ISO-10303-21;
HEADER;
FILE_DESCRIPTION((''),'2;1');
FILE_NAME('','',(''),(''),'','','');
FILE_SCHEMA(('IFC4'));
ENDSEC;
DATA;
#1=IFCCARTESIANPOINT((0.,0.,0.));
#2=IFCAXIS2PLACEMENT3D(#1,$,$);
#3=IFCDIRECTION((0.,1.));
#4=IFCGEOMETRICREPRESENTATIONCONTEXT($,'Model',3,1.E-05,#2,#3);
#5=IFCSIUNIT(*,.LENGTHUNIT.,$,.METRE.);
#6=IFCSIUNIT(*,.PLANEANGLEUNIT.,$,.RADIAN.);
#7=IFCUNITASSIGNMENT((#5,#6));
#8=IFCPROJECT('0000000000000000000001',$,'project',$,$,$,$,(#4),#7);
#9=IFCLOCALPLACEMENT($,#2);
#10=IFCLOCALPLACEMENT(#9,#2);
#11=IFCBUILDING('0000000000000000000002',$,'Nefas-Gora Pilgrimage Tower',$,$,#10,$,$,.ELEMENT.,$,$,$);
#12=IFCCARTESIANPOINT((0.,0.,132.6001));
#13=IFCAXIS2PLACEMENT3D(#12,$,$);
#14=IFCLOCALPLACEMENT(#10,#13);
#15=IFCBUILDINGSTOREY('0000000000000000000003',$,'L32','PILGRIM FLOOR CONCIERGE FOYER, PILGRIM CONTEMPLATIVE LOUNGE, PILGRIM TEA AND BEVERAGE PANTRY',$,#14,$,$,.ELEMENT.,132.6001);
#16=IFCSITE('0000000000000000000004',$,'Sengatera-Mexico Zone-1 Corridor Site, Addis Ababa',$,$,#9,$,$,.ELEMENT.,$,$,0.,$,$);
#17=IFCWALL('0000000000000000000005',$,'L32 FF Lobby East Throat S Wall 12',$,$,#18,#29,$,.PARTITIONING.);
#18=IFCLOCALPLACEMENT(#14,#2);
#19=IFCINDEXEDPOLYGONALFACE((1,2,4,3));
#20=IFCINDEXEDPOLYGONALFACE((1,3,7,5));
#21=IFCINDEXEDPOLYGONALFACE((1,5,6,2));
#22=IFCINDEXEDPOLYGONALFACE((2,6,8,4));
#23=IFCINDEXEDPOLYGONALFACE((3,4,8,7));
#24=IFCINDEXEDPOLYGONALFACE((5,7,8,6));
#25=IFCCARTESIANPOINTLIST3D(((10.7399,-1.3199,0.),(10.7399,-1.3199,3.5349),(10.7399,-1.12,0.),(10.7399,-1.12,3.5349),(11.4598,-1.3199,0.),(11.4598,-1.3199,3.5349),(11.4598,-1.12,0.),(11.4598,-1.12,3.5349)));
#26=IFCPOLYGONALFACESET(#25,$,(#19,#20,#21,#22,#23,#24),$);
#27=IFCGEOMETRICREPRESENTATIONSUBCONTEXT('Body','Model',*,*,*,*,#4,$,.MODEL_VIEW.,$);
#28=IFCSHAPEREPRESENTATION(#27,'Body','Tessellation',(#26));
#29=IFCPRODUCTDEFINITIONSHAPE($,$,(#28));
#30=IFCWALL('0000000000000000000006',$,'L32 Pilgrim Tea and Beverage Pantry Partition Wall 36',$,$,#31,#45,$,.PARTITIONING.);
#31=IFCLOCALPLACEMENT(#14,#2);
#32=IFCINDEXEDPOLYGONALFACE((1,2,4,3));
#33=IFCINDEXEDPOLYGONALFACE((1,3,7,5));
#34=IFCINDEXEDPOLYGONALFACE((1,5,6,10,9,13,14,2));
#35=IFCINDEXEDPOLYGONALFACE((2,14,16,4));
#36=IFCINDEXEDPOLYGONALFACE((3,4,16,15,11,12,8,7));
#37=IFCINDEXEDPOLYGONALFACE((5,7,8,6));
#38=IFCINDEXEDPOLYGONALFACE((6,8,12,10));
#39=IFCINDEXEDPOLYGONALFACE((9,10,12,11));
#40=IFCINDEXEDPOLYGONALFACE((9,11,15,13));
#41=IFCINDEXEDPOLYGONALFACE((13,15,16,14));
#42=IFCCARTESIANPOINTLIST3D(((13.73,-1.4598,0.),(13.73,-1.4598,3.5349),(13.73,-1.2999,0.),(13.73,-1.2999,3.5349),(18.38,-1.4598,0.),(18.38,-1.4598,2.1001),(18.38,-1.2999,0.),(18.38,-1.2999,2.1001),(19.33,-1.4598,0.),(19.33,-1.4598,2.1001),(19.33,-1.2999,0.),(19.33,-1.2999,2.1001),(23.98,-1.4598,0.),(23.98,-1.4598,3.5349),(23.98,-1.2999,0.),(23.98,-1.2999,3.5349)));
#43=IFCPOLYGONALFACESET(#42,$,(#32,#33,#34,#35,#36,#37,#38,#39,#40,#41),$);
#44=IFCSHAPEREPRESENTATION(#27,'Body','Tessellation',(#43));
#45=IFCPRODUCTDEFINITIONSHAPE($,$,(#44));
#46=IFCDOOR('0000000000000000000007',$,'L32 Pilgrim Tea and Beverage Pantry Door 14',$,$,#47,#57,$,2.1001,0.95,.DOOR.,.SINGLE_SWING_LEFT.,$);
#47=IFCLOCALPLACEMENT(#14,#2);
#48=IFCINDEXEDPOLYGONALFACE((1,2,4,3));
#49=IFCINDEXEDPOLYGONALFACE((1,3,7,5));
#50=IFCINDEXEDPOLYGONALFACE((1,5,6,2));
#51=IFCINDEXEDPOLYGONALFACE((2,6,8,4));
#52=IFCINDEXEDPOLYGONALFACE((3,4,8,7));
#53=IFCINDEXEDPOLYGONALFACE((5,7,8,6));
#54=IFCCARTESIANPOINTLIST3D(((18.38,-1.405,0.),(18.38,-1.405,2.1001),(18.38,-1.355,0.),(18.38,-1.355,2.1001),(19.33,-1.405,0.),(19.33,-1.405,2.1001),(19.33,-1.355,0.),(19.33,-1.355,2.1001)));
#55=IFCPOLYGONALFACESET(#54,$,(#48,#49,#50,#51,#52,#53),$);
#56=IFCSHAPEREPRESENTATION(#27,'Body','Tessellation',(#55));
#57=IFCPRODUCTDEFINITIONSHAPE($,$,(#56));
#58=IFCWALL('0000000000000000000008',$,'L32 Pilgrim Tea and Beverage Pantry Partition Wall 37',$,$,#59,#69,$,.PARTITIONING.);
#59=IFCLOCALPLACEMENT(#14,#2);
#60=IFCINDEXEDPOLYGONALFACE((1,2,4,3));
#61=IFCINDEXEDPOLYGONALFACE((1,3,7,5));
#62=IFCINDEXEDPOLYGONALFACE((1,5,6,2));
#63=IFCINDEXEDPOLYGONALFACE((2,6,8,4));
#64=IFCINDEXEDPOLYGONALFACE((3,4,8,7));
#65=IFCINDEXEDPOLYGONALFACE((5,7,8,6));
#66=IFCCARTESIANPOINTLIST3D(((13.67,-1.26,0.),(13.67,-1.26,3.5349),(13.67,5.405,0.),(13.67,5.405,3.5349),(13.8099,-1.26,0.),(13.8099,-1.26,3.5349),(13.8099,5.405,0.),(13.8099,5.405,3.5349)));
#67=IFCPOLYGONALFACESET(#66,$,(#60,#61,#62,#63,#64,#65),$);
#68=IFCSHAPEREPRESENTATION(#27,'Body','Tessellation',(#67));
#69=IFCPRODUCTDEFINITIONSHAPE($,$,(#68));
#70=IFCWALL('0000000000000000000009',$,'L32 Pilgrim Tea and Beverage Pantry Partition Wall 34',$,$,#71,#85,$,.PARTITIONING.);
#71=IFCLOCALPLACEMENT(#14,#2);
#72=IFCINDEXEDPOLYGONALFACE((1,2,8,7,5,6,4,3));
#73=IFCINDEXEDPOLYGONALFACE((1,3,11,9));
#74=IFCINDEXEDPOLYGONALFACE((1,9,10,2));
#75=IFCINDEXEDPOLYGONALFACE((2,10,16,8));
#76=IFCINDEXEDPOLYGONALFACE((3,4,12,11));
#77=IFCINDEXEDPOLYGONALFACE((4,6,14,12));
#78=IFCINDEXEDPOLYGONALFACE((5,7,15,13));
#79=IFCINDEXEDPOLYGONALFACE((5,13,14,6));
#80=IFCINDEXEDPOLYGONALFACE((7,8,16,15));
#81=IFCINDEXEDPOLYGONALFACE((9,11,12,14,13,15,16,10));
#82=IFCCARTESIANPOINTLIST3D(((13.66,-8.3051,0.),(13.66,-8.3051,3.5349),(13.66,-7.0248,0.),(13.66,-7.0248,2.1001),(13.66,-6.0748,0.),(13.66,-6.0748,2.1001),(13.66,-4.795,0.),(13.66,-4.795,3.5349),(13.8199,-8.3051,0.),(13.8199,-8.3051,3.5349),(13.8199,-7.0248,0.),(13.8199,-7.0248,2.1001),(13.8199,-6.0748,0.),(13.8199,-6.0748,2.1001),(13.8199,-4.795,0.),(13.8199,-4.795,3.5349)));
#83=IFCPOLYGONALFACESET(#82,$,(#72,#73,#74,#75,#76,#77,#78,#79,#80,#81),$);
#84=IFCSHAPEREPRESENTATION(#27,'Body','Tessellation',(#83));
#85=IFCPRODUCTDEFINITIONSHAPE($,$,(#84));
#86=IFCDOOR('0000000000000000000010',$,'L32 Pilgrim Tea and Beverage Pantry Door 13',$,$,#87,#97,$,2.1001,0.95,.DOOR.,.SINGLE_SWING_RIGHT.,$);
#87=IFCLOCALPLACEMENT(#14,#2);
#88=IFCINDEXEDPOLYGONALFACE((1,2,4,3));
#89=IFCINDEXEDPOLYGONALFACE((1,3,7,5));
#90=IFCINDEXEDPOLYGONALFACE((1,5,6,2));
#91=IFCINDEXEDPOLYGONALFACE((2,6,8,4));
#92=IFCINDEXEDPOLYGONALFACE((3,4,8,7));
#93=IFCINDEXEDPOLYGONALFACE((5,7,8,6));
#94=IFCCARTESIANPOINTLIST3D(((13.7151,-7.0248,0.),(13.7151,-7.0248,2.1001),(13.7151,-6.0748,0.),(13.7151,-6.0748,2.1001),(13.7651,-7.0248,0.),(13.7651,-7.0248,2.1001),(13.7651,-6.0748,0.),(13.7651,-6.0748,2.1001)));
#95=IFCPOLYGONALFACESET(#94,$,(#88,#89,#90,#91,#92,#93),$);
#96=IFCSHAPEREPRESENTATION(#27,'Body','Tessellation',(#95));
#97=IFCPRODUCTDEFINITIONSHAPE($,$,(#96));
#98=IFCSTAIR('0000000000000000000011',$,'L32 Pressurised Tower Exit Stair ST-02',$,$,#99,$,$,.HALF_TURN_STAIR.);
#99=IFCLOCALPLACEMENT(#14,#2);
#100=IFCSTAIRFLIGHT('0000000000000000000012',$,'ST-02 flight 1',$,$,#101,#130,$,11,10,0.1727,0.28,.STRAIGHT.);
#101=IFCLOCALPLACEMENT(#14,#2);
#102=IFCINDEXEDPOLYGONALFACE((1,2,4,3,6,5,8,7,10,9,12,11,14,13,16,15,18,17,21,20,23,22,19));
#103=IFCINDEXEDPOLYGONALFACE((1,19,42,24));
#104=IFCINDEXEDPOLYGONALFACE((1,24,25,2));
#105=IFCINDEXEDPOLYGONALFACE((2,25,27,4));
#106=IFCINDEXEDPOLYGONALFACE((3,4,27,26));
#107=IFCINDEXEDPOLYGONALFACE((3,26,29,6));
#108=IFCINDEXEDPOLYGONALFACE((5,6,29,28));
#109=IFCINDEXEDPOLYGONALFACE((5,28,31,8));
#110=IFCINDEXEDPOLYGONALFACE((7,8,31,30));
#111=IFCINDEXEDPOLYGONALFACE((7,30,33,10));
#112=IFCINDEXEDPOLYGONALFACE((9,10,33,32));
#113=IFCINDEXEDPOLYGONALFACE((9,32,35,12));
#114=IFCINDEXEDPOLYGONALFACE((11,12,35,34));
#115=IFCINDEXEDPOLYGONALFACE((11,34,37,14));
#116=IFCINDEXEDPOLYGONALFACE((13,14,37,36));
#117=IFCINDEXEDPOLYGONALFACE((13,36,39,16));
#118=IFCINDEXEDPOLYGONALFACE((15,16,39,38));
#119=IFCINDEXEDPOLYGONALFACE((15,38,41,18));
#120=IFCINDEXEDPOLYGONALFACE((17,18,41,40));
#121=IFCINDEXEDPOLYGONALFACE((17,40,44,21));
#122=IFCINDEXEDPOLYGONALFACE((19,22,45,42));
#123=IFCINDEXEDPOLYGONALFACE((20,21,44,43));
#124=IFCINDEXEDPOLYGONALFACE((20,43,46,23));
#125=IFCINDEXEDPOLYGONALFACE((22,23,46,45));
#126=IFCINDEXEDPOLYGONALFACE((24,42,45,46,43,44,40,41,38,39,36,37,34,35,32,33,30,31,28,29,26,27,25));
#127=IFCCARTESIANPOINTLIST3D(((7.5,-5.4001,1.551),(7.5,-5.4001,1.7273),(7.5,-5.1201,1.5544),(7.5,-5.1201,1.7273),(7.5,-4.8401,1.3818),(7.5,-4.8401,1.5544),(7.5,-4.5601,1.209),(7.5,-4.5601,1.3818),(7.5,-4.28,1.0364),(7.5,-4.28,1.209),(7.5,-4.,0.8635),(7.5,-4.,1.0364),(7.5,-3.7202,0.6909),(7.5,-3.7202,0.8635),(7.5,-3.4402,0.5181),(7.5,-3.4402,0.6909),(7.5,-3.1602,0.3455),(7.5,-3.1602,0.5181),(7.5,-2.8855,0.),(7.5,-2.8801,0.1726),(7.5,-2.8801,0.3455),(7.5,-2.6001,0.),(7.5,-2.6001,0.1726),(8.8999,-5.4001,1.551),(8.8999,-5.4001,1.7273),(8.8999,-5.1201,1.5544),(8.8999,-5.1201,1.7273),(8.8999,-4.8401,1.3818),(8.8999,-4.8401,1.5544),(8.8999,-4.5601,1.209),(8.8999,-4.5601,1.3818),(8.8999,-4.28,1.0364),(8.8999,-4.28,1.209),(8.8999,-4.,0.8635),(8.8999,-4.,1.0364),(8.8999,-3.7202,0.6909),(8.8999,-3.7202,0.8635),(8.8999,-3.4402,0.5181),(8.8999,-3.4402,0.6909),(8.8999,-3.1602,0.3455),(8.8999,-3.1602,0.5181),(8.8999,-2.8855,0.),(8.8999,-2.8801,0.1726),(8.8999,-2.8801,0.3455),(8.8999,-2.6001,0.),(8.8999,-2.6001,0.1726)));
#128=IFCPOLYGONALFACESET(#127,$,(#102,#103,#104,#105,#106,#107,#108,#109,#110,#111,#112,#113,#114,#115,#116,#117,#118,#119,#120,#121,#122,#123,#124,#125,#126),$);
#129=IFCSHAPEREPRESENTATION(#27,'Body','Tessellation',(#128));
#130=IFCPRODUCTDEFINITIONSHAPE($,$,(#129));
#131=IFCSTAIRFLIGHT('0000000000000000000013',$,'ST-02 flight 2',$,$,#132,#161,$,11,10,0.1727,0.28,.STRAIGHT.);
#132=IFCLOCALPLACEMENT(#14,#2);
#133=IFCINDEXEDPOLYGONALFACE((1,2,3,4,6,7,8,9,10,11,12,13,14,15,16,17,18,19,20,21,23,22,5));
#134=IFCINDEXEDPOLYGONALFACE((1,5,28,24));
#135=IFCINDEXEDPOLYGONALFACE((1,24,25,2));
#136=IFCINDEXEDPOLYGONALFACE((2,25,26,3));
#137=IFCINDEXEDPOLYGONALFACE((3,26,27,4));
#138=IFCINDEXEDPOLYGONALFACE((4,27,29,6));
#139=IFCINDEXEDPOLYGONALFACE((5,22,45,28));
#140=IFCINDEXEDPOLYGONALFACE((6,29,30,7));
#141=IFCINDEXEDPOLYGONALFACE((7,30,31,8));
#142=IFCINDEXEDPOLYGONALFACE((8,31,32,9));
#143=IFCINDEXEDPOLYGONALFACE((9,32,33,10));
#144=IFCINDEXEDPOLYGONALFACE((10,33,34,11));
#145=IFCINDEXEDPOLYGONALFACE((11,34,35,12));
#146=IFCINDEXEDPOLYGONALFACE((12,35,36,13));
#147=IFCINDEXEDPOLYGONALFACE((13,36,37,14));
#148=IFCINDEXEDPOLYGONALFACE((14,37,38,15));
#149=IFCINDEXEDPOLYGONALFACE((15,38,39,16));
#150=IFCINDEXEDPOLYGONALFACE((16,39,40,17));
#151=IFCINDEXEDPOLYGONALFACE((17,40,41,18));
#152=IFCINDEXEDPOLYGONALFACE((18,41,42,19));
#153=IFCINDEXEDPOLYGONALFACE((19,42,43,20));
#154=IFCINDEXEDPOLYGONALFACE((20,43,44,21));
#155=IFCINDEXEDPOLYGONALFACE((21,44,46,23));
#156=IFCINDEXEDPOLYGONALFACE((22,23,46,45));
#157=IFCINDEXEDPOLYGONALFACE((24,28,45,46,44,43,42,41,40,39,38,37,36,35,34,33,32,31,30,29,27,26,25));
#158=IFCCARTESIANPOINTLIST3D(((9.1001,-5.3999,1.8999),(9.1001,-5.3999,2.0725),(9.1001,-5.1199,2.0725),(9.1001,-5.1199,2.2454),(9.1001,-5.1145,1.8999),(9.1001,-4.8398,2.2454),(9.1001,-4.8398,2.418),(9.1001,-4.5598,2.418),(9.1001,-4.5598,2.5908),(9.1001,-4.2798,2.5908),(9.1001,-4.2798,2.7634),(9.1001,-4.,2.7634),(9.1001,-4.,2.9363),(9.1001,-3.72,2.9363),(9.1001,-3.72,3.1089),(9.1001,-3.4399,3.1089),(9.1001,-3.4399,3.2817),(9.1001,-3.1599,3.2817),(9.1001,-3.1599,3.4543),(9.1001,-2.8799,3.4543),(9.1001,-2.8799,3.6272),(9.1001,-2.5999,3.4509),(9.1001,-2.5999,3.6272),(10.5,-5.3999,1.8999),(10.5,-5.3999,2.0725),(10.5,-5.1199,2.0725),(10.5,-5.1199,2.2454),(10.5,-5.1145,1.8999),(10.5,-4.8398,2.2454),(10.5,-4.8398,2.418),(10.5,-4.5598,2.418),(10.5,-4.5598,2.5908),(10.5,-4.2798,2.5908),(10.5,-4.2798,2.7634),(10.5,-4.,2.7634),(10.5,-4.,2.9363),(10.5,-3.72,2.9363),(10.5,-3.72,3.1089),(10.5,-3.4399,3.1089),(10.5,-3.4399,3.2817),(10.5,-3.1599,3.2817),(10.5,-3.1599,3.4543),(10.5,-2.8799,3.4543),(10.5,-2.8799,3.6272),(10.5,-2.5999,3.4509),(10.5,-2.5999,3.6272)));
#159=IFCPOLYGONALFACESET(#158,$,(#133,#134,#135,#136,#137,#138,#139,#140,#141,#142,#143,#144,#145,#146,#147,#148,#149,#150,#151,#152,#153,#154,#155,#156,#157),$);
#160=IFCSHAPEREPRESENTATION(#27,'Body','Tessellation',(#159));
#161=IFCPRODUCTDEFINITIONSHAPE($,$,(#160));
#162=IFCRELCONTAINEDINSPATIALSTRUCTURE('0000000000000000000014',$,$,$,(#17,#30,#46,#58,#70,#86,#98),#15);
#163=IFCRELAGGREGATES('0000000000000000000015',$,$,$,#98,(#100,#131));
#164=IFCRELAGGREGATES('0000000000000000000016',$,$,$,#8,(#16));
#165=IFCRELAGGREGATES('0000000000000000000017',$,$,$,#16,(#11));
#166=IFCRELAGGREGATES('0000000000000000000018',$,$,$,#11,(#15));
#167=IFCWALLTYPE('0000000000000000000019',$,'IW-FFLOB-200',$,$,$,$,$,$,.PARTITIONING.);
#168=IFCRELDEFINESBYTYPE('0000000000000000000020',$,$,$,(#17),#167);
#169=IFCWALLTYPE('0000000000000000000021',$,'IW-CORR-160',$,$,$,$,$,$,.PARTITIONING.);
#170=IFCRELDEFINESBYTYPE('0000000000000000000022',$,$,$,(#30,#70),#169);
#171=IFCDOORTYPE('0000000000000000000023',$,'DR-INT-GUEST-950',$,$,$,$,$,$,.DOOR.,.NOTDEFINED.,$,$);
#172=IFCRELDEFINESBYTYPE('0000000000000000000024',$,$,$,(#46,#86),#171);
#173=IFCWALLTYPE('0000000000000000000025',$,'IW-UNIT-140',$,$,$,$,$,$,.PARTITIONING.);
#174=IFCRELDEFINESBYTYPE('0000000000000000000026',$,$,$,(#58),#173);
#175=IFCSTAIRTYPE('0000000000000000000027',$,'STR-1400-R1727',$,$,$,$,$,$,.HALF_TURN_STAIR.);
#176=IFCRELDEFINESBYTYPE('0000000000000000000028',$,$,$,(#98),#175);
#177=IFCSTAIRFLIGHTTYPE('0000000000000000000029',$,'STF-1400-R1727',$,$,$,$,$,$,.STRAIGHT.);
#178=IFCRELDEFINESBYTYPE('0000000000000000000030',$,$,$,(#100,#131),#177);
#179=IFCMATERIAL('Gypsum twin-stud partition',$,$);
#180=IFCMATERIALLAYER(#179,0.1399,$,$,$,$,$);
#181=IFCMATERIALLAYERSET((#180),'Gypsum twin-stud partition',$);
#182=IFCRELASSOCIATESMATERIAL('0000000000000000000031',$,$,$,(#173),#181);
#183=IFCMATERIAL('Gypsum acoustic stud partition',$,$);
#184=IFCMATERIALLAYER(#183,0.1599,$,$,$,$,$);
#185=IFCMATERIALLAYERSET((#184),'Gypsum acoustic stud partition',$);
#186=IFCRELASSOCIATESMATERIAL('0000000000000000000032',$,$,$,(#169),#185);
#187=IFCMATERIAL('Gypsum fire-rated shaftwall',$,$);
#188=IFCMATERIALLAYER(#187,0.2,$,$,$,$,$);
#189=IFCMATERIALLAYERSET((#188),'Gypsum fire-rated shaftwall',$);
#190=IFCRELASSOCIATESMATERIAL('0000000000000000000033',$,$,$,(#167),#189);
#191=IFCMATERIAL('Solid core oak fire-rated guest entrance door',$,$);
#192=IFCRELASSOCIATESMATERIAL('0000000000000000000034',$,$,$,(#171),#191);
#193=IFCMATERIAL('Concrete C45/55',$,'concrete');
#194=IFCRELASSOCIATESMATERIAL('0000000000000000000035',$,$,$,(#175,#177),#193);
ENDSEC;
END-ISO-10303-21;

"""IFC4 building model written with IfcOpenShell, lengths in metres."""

from ifc_helpers import new_model, si_unit, direction, frame, frame_2d, origin, place, context, subcontext, project, spatial, polyline, rectangle, outline, extrude, source, transform, mapped, material, layer, layer_set, type_object, element, fill, aggregate, save


model = new_model("IFC4")

# Units and contexts
model_context = context("Model", 3, precision=1e-05, world=origin(), true_north=direction((0.0, 1.0)))
body_context = subcontext(model_context, "Body", "Model", "MODEL_VIEW")
ifc_project = project(units=[si_unit("LENGTHUNIT", "METRE"), si_unit("PLANEANGLEUNIT", "RADIAN")], contexts=[model_context])

# Site, building, storey
site_placement = place(None, origin())
site = spatial("IfcSite", under=ifc_project, at=site_placement, Name="Sengatera-Mexico Zone-1 Corridor Site, Addis Ababa", CompositionType="ELEMENT", RefElevation=0.0)
building_placement = place(site_placement, origin())
building = spatial("IfcBuilding", under=site, at=building_placement, Name="Nefas-Gora Pilgrimage Tower", CompositionType="ELEMENT")
storey_placement = place(building_placement, frame((0.0, 0.0, 132.6001)))
storey = spatial("IfcBuildingStorey", under=building, at=storey_placement, Name="L32", Description="PILGRIM FLOOR CONCIERGE FOYER, PILGRIM CONTEMPLATIVE LOUNGE, PILGRIM TEA AND BEVERAGE PANTRY", CompositionType="ELEMENT", Elevation=132.6001)

# Shared definitions
ifc_material_1 = material(Name="Concrete C45/55", Category="concrete")

# Wall
ifc_material_2 = material(Name="Gypsum twin-stud partition")
ifc_layer_1 = layer(ifc_material_2, 0.1399)
ifc_layer_set_1 = layer_set([ifc_layer_1], Name="Gypsum twin-stud partition")
wall_type_1 = type_object("IfcWallType", Name="IW-UNIT-140", PredefinedType="PARTITIONING", material=ifc_layer_set_1)
ifc_material_3 = material(Name="Gypsum acoustic stud partition")
ifc_layer_2 = layer(ifc_material_3, 0.1599)
ifc_layer_set_2 = layer_set([ifc_layer_2], Name="Gypsum acoustic stud partition")
wall_type_2 = type_object("IfcWallType", Name="IW-CORR-160", PredefinedType="PARTITIONING", material=ifc_layer_set_2)
ifc_material_4 = material(Name="Gypsum fire-rated shaftwall")
ifc_layer_3 = layer(ifc_material_4, 0.2)
ifc_layer_set_3 = layer_set([ifc_layer_3], Name="Gypsum fire-rated shaftwall")
wall_type_3 = type_object("IfcWallType", Name="IW-FFLOB-200", PredefinedType="PARTITIONING", material=ifc_layer_set_3)
shared_shape_1 = source(origin(), body_context, "Body", "SweptSolid", [
    extrude(rectangle(XDim=0.72, YDim=0.2, at=frame_2d((0.3599, 0.0))), origin(), (0.0, 0.0, 1.0), 3.5349),
])
wall_1_placement = place(storey_placement, frame((10.74, -1.22, 0.0), z_axis=(0.0, 0.0, 1.0), x_axis=(1.0, 0.0, 0.0)))
element("IfcWall", 1, at=wall_1_placement, inside=storey, type_object=wall_type_3, Name="L32 FF Lobby East Throat S Wall 12", PredefinedType="PARTITIONING", context=body_context, shape_type="MappedRepresentation", body=[
    mapped(shared_shape_1, transform((0.0, 0.0, 0.0), x_axis=(1.0, 0.0, 0.0), y_axis=(0.0, 1.0, 0.0), z_axis=(0.0, 0.0, 1.0), scale=1.0)),
])

# Wall, opening, door
shared_shape_2 = source(origin(), body_context, "Body", "SweptSolid", [
    extrude(rectangle(XDim=10.25, YDim=0.1599, at=frame_2d((5.125, 0.0))), origin(), (0.0, 0.0, 1.0), 3.5349),
])
wall_2_placement = place(storey_placement, frame((13.73, -1.3799, 0.0), z_axis=(0.0, 0.0, 1.0), x_axis=(1.0, 0.0, 0.0)))
wall_2 = element("IfcWall", 2, at=wall_2_placement, inside=storey, type_object=wall_type_2, Name="L32 Pilgrim Tea and Beverage Pantry Partition Wall 36", PredefinedType="PARTITIONING", context=body_context, shape_type="MappedRepresentation", body=[
    mapped(shared_shape_2, transform((0.0, 0.0, 0.0), x_axis=(1.0, 0.0, 0.0), y_axis=(0.0, 1.0, 0.0), z_axis=(0.0, 0.0, 1.0), scale=1.0)),
])
opening_1_placement = place(wall_2_placement, frame((4.6499, 0.0, 0.0)))
opening_1 = element("IfcOpeningElement", 3, at=opening_1_placement, cuts=wall_2, PredefinedType="OPENING", context=body_context, shape_type="SweptSolid", body=[
    extrude(rectangle(XDim=0.95, YDim=2.1001, at=frame_2d((0.4751, 1.05))), frame((0.0, 0.0898, 0.0), z_axis=(0.0, -1.0, 0.0), x_axis=(1.0, 0.0, 0.0)), (0.0, 0.0, 1.0), 0.1799),
])
ifc_material_5 = material(Name="Solid core oak fire-rated guest entrance door")
door_type_1 = type_object("IfcDoorType", Name="DR-INT-GUEST-950", OperationType="NOTDEFINED", PredefinedType="DOOR", material=ifc_material_5)
shared_shape_3 = source(origin(), body_context, "Body", "SweptSolid", [
    extrude(rectangle(XDim=0.95, YDim=2.1001, at=frame_2d((0.4751, 1.05))), frame((0.0, 0.0249, 0.0), z_axis=(0.0, -1.0, 0.0), x_axis=(1.0, 0.0, 0.0)), (0.0, 0.0, 1.0), 0.05),
])
door_1_placement = place(opening_1_placement, origin())
door_1 = element("IfcDoor", 4, at=door_1_placement, inside=storey, type_object=door_type_1, Name="L32 Pilgrim Tea and Beverage Pantry Door 14", OperationType="SINGLE_SWING_LEFT", OverallHeight=2.1001, OverallWidth=0.95, PredefinedType="DOOR", context=body_context, shape_type="MappedRepresentation", body=[
    mapped(shared_shape_3, transform((0.0, 0.0, 0.0), x_axis=(1.0, 0.0, 0.0), y_axis=(0.0, 1.0, 0.0), z_axis=(0.0, 0.0, 1.0), scale=1.0)),
])
fill(opening_1, door_1)

# Wall
shared_shape_4 = source(origin(), body_context, "Body", "SweptSolid", [
    extrude(rectangle(XDim=6.665, YDim=0.1399, at=frame_2d((3.3325, 0.0))), origin(), (0.0, 0.0, 1.0), 3.5349),
])
wall_3_placement = place(storey_placement, frame((13.74, -1.26, 0.0), z_axis=(0.0, 0.0, 1.0), x_axis=(0.0, 1.0, 0.0)))
element("IfcWall", 5, at=wall_3_placement, inside=storey, type_object=wall_type_1, Name="L32 Pilgrim Tea and Beverage Pantry Partition Wall 37", PredefinedType="PARTITIONING", context=body_context, shape_type="MappedRepresentation", body=[
    mapped(shared_shape_4, transform((0.0, 0.0, 0.0), x_axis=(1.0, 0.0, 0.0), y_axis=(0.0, 1.0, 0.0), z_axis=(0.0, 0.0, 1.0), scale=1.0)),
])

# Wall, opening, door
shared_shape_5 = source(origin(), body_context, "Body", "SweptSolid", [
    extrude(rectangle(XDim=3.51, YDim=0.1599, at=frame_2d((1.7549, 0.0))), origin(), (0.0, 0.0, 1.0), 3.5349),
])
wall_4_placement = place(storey_placement, frame((13.74, -8.3049, 0.0), z_axis=(0.0, 0.0, 1.0), x_axis=(0.0, 1.0, 0.0)))
wall_4 = element("IfcWall", 6, at=wall_4_placement, inside=storey, type_object=wall_type_2, Name="L32 Pilgrim Tea and Beverage Pantry Partition Wall 34", PredefinedType="PARTITIONING", context=body_context, shape_type="MappedRepresentation", body=[
    mapped(shared_shape_5, transform((0.0, 0.0, 0.0), x_axis=(1.0, 0.0, 0.0), y_axis=(0.0, 1.0, 0.0), z_axis=(0.0, 0.0, 1.0), scale=1.0)),
])
opening_2_placement = place(wall_4_placement, frame((1.28, 0.0, 0.0)))
opening_2 = element("IfcOpeningElement", 7, at=opening_2_placement, cuts=wall_4, PredefinedType="OPENING", context=body_context, shape_type="SweptSolid", body=[
    extrude(rectangle(XDim=0.95, YDim=2.1001, at=frame_2d((0.4751, 1.05))), frame((0.0, 0.0898, 0.0), z_axis=(0.0, -1.0, 0.0), x_axis=(1.0, 0.0, 0.0)), (0.0, 0.0, 1.0), 0.1799),
])
door_2_placement = place(opening_2_placement, origin())
door_2 = element("IfcDoor", 8, at=door_2_placement, inside=storey, type_object=door_type_1, Name="L32 Pilgrim Tea and Beverage Pantry Door 13", OperationType="SINGLE_SWING_RIGHT", OverallHeight=2.1001, OverallWidth=0.95, PredefinedType="DOOR", context=body_context, shape_type="MappedRepresentation", body=[
    mapped(shared_shape_3, transform((0.0, 0.0, 0.0), x_axis=(1.0, 0.0, 0.0), y_axis=(0.0, 1.0, 0.0), z_axis=(0.0, 0.0, 1.0), scale=1.0)),
])
fill(opening_2, door_2)

# Stair, stair flights
stair_type = type_object("IfcStairType", Name="STR-1400-R1727", PredefinedType="HALF_TURN_STAIR", material=ifc_material_1)
stair_placement = place(storey_placement, origin())
stair = element("IfcStair", 9, at=stair_placement, inside=storey, type_object=stair_type, Name="L32 Pressurised Tower Exit Stair ST-02", PredefinedType="HALF_TURN_STAIR")
stair_flight_type = type_object("IfcStairFlightType", Name="STF-1400-R1727", PredefinedType="STRAIGHT", material=ifc_material_1)
shared_shape_6 = source(origin(), body_context, "Body", "SweptSolid", [
    extrude(outline(polyline([(0.0, 0.0), (0.0, 0.1726), (0.28, 0.1726), (0.28, 0.3455), (0.5601, 0.3455), (0.5601, 0.5181), (0.8401, 0.5181), (0.8401, 0.6909), (1.1201, 0.6909), (1.1201, 0.8635), (1.3999, 0.8635), (1.3999, 1.0364), (1.6799, 1.0364), (1.6799, 1.209), (1.96, 1.209), (1.96, 1.3818), (2.24, 1.3818), (2.24, 1.5544), (2.52, 1.5544), (2.52, 1.7273), (2.8, 1.7273), (2.8, 1.8999), (2.8, 1.551), (0.2854, 0.0), (0.0, 0.0)])), frame((0.0, 0.7, 0.0), z_axis=(0.0, -1.0, 0.0), x_axis=(1.0, 0.0, 0.0)), (0.0, 0.0, 1.0), 1.3999),
])
stair_flight_1_placement = place(storey_placement, frame((8.2, -2.6001, 0.0), z_axis=(0.0, 0.0, 1.0), x_axis=(0.0, -1.0, 0.0)))
stair_flight_1 = element("IfcStairFlight", 10, at=stair_flight_1_placement, type_object=stair_flight_type, Name="ST-02 flight 1", NumberOfRisers=11, NumberOfTreads=10, PredefinedType="STRAIGHT", RiserHeight=0.1727, TreadLength=0.28, context=body_context, shape_type="MappedRepresentation", body=[
    mapped(shared_shape_6, transform((0.0, 0.0, 0.0), x_axis=(1.0, 0.0, 0.0), y_axis=(0.0, 1.0, 0.0), z_axis=(0.0, 0.0, 1.0), scale=1.0)),
])
stair_flight_2_placement = place(storey_placement, frame((9.8, -5.3999, 1.8999), z_axis=(0.0, 0.0, 1.0), x_axis=(0.0, 1.0, 0.0)))
stair_flight_2 = element("IfcStairFlight", 11, at=stair_flight_2_placement, type_object=stair_flight_type, Name="ST-02 flight 2", NumberOfRisers=11, NumberOfTreads=10, PredefinedType="STRAIGHT", RiserHeight=0.1727, TreadLength=0.28, context=body_context, shape_type="MappedRepresentation", body=[
    mapped(shared_shape_6, transform((0.0, 0.0, 0.0), x_axis=(1.0, 0.0, 0.0), y_axis=(0.0, 1.0, 0.0), z_axis=(0.0, 0.0, 1.0), scale=1.0)),
])
aggregate(stair, [stair_flight_1, stair_flight_2])

save(model, "model.ifc")
